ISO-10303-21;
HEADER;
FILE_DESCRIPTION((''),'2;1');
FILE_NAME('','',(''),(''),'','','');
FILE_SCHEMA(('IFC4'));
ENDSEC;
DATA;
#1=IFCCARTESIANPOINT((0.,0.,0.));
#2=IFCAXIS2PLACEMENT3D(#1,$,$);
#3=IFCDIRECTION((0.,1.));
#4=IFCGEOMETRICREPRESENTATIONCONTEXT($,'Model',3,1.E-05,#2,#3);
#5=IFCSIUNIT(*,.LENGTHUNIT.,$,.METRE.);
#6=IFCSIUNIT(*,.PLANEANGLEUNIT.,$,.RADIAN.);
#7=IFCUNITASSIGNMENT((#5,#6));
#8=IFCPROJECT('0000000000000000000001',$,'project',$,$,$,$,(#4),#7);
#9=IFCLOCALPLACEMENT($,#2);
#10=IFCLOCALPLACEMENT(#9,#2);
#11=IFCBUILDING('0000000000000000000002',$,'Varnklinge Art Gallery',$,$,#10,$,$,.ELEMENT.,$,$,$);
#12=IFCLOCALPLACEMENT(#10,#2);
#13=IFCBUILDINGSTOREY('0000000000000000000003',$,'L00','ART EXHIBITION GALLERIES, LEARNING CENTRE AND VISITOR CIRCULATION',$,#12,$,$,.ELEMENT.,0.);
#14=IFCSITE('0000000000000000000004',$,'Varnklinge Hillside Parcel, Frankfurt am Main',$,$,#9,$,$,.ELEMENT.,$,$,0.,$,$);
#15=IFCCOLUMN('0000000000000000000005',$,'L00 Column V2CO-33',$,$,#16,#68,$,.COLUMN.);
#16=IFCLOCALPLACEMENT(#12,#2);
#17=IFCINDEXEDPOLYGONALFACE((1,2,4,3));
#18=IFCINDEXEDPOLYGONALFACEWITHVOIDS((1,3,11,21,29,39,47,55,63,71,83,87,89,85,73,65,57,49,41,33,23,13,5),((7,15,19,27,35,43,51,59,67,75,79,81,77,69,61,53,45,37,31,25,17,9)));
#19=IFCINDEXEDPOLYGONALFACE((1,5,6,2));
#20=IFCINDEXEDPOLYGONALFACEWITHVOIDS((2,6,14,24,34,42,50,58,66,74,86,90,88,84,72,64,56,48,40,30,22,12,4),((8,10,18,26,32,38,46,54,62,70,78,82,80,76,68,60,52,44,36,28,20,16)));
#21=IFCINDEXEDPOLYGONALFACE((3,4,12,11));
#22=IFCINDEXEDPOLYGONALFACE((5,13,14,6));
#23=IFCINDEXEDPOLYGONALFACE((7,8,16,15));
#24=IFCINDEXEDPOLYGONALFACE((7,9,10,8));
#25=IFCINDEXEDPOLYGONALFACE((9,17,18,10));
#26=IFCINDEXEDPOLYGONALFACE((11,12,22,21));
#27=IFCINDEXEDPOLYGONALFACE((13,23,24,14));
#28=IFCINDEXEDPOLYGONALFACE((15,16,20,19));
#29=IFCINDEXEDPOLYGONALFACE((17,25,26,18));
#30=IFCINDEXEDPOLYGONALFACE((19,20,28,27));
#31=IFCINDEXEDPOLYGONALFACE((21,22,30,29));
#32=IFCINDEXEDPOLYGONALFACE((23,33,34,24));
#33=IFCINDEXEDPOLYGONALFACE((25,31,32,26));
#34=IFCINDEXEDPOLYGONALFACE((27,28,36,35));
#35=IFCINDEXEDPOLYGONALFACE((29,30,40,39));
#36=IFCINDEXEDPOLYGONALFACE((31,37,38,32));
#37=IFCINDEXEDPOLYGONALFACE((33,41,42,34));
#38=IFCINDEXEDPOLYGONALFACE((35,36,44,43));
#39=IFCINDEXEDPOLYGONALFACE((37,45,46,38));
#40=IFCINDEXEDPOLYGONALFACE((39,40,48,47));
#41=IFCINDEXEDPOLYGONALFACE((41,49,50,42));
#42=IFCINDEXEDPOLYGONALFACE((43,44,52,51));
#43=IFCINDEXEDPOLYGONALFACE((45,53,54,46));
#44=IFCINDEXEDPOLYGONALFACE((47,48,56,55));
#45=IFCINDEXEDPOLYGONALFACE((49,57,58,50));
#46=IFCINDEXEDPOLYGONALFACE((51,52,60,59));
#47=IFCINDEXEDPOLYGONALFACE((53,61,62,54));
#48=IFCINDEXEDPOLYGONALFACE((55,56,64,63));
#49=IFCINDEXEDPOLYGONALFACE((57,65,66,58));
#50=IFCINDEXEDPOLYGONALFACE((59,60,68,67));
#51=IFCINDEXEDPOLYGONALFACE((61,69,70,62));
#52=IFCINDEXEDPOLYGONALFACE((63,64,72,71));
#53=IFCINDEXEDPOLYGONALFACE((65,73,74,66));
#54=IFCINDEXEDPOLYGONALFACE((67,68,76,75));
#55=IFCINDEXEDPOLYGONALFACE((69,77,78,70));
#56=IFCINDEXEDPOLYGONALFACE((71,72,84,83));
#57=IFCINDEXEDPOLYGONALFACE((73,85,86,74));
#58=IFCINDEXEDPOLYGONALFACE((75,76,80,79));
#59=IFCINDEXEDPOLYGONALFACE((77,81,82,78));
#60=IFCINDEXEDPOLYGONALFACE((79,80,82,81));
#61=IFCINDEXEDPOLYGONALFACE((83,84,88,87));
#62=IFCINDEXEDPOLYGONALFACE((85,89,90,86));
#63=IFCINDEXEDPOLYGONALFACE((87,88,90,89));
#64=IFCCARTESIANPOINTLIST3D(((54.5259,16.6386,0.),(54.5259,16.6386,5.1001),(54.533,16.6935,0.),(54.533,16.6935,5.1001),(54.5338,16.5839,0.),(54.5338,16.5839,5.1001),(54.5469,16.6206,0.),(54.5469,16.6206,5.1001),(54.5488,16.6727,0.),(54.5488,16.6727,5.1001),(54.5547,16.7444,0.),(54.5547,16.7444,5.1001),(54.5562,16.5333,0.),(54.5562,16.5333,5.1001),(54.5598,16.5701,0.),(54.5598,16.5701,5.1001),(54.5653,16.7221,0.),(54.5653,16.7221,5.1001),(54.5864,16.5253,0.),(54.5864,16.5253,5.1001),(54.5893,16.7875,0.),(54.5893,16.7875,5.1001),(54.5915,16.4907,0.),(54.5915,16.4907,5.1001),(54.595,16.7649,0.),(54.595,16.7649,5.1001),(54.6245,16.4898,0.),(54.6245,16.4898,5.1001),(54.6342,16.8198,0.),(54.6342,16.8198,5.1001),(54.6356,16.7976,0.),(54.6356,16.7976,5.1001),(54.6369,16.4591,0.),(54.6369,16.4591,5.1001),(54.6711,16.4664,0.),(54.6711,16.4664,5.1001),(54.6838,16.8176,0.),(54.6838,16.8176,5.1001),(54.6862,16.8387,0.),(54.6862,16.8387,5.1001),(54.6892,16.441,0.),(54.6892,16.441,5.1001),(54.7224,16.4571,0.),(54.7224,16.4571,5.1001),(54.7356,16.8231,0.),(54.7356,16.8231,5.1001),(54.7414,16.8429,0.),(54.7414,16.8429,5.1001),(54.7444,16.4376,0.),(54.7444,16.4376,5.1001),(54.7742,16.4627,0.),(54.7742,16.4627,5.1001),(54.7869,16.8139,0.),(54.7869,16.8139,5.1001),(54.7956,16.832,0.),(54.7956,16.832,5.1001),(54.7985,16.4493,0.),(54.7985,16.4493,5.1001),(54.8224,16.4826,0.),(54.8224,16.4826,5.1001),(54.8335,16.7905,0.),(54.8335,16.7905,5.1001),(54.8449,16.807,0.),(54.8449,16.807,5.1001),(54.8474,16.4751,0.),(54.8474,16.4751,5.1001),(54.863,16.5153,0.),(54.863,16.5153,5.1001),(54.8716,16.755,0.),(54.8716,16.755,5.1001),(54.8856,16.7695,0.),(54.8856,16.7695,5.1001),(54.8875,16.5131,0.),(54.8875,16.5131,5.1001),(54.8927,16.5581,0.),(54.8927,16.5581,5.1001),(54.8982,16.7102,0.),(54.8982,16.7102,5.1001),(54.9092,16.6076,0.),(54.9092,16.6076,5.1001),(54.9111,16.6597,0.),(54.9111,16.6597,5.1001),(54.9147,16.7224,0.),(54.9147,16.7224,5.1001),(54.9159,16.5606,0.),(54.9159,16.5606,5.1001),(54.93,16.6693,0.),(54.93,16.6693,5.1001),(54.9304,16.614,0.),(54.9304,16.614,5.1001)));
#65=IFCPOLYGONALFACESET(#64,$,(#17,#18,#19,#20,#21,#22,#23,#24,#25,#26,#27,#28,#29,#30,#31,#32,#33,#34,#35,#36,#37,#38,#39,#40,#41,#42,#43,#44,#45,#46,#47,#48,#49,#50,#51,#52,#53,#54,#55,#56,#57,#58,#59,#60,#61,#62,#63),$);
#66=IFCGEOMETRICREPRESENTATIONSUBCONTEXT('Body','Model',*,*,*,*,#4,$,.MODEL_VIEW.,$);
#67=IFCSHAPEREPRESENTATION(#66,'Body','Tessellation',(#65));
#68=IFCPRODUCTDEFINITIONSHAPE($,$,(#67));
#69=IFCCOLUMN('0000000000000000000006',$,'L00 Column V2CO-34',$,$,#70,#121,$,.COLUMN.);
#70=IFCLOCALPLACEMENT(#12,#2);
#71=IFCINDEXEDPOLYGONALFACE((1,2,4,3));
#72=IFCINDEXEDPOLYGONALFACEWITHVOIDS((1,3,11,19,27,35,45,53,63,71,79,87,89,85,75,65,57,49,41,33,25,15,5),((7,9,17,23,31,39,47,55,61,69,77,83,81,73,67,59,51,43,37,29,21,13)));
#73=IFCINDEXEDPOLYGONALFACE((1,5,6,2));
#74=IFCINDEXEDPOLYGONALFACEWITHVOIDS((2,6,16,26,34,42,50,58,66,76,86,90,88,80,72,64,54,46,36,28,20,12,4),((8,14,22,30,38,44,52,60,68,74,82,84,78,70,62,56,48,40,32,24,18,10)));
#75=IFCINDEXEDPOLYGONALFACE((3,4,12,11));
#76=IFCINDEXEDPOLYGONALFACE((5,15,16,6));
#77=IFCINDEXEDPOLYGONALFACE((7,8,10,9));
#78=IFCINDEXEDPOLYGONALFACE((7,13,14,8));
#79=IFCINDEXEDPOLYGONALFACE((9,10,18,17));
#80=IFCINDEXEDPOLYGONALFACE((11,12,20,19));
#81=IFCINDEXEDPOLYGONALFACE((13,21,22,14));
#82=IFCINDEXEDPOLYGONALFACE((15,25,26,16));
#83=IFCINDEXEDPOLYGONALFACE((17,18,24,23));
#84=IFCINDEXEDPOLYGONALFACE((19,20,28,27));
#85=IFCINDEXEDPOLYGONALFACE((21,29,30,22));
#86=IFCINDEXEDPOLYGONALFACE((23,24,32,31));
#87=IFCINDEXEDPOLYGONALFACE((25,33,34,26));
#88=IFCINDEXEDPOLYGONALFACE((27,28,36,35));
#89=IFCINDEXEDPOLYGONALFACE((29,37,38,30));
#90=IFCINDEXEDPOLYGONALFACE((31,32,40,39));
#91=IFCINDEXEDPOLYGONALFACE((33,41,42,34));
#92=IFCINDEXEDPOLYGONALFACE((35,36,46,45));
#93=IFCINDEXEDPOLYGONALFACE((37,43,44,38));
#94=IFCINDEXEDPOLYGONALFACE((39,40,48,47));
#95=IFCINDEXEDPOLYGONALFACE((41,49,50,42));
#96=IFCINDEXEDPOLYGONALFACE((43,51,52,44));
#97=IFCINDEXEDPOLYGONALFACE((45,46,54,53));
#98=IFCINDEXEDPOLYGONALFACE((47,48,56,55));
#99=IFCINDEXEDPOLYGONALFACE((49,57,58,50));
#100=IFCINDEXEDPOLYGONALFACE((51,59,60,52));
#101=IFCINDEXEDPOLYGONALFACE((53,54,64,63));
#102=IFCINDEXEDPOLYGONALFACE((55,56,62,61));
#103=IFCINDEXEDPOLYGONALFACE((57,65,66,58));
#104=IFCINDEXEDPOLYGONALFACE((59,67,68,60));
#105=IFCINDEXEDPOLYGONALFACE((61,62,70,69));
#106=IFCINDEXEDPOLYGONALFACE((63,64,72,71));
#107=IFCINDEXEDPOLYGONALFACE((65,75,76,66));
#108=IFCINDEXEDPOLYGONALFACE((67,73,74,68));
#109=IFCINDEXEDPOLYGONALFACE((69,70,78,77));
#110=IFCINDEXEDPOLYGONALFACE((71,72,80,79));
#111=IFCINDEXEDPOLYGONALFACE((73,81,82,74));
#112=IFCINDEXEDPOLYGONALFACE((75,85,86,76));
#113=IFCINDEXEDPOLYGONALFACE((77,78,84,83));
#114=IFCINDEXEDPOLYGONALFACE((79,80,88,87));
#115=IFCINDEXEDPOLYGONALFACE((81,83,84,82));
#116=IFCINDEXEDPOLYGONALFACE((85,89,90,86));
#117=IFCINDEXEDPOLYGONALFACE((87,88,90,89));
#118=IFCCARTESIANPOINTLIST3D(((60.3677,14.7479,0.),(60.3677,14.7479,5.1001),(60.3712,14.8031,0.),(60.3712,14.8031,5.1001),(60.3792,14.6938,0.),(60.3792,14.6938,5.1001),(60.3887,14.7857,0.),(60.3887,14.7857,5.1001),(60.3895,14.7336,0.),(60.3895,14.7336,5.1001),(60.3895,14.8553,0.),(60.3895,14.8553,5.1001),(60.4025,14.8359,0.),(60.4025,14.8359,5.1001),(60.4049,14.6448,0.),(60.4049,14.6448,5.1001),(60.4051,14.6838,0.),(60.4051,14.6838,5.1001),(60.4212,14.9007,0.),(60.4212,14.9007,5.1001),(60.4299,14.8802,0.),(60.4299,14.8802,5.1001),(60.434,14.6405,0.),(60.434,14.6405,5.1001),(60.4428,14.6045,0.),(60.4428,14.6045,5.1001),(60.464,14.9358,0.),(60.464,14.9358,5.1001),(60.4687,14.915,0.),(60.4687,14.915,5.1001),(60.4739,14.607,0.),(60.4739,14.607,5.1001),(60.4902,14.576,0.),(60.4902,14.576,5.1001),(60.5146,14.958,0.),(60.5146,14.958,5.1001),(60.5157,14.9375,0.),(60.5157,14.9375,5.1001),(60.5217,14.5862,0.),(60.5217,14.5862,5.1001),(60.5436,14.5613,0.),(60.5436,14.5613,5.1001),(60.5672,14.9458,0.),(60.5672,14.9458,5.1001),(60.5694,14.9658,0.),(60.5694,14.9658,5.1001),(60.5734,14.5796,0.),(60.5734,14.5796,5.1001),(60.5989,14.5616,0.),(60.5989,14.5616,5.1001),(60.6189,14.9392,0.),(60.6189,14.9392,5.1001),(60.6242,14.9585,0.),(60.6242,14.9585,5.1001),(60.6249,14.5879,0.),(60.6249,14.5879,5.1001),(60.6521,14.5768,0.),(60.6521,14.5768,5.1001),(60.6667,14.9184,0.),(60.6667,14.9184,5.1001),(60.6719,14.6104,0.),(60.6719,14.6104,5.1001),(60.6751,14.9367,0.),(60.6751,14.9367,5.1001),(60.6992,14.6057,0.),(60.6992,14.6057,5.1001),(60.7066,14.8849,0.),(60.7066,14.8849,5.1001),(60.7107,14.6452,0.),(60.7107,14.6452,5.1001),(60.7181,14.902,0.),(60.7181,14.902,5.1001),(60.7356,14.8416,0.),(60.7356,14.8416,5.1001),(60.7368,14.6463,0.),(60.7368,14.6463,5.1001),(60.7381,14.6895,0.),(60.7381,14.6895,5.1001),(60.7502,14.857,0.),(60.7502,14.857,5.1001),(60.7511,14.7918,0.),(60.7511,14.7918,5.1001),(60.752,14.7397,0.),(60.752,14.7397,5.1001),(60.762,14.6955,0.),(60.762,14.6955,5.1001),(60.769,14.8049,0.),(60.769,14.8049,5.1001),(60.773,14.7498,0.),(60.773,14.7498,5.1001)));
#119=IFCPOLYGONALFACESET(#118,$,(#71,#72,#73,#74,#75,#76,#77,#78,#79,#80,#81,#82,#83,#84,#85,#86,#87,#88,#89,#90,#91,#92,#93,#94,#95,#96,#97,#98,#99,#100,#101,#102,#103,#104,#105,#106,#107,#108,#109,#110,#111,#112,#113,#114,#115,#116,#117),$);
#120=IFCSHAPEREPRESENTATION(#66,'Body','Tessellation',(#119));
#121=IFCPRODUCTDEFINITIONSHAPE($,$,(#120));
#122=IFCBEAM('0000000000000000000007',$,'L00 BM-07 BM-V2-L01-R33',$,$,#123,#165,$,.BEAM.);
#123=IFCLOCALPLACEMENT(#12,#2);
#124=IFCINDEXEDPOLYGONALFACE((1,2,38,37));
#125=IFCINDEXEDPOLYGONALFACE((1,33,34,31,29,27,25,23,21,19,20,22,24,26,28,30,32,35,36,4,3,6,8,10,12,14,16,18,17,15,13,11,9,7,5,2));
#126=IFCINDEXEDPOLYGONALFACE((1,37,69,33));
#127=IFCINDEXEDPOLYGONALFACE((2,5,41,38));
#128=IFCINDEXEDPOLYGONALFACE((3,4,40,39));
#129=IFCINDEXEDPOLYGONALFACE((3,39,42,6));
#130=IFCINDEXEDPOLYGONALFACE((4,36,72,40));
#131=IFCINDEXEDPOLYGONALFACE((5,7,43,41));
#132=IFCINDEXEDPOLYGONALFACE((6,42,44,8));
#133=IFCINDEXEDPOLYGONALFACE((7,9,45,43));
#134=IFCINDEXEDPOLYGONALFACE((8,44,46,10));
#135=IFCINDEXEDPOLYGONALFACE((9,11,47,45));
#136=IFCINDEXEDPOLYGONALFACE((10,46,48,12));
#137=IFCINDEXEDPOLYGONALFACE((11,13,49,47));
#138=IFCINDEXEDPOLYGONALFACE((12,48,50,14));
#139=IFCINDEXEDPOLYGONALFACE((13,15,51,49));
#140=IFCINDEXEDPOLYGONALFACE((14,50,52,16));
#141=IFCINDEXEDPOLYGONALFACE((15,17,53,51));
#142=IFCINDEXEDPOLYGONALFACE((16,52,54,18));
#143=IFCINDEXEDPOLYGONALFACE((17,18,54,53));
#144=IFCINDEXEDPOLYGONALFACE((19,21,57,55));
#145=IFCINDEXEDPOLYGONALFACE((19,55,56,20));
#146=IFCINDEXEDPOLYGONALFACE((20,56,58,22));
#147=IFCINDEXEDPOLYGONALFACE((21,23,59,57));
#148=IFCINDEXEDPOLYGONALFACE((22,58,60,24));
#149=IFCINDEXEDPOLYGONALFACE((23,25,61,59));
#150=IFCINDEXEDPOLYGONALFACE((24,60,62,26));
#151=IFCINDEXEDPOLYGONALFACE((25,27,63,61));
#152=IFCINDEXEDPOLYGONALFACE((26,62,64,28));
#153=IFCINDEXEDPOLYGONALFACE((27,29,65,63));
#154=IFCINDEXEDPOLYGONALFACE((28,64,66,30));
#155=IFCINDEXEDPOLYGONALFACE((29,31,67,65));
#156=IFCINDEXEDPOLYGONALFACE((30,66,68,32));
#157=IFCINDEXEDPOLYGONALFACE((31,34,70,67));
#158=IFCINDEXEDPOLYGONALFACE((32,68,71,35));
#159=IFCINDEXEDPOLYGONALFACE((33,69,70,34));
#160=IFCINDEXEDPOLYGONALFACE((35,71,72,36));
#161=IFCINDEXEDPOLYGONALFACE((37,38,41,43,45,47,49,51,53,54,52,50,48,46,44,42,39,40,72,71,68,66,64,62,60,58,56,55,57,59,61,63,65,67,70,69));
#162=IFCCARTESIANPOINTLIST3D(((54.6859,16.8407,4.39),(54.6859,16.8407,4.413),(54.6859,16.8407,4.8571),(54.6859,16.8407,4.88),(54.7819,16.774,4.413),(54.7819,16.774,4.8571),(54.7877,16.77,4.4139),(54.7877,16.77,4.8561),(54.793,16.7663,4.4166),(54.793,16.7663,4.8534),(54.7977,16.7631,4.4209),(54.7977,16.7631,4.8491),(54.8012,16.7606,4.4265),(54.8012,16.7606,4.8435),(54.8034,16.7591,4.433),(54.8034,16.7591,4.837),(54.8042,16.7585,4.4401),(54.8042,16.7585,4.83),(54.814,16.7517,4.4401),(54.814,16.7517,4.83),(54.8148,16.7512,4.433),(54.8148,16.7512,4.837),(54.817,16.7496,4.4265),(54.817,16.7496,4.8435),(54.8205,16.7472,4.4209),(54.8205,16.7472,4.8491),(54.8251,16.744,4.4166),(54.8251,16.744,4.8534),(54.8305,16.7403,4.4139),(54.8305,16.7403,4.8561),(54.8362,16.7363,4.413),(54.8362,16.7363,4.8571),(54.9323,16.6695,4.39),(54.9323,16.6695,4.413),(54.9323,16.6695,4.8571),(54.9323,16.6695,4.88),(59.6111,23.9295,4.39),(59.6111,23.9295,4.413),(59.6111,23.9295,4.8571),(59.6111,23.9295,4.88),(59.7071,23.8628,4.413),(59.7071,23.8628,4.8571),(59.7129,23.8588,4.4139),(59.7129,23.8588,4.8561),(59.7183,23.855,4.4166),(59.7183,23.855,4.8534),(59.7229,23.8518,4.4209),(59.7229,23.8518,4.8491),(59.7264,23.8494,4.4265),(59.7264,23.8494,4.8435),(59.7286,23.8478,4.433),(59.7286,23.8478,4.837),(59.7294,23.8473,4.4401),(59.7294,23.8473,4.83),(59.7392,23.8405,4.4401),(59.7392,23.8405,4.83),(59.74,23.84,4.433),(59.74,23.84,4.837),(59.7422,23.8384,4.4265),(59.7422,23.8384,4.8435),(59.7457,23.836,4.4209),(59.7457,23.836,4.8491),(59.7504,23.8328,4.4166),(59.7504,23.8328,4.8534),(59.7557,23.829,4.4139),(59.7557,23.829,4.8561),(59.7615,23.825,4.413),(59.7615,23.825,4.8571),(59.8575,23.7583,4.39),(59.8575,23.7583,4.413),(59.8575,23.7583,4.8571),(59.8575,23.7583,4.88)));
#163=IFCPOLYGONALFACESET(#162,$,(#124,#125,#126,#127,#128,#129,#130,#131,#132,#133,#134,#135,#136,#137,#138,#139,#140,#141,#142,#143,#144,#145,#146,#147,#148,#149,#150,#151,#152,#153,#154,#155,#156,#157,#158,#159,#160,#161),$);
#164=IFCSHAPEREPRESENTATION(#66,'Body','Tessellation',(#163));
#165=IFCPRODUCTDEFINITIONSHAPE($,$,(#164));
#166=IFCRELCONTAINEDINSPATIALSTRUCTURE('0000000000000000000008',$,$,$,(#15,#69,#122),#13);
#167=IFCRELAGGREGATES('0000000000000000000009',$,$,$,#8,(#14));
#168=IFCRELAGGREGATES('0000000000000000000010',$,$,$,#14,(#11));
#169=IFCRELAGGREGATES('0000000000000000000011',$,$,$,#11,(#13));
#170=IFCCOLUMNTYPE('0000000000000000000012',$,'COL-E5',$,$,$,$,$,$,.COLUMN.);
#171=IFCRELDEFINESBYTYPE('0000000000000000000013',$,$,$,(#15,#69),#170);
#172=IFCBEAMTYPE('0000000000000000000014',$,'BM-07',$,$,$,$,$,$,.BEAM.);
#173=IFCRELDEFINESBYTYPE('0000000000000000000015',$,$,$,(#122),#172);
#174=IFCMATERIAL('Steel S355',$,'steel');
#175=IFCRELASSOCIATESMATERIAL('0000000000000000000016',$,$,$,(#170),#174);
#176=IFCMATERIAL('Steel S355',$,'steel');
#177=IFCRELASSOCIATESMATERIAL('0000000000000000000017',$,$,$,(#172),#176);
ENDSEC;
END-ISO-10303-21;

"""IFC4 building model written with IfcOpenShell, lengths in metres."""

from ifc_helpers import new_model, si_unit, direction, frame, origin, origin_2d, place, context, subcontext, project, spatial, hollow_circle, i_section, extrude, material, material_profile, profile_set, type_object, element, save


model = new_model("IFC4")

# Units and contexts
model_context = context("Model", 3, precision=1e-05, world=origin(), true_north=direction((0.0, 1.0)))
body_context = subcontext(model_context, "Body", "Model", "MODEL_VIEW")
ifc_project = project(units=[si_unit("LENGTHUNIT", "METRE"), si_unit("PLANEANGLEUNIT", "RADIAN")], contexts=[model_context])

# Site, building, storey
site_placement = place(None, origin())
site = spatial("IfcSite", under=ifc_project, at=site_placement, Name="Varnklinge Hillside Parcel, Frankfurt am Main", CompositionType="ELEMENT", RefElevation=0.0)
building_placement = place(site_placement, origin())
building = spatial("IfcBuilding", under=site, at=building_placement, Name="Varnklinge Art Gallery", CompositionType="ELEMENT")
storey_placement = place(building_placement, origin())
storey = spatial("IfcBuildingStorey", under=building, at=storey_placement, Name="L00", Description="ART EXHIBITION GALLERIES, LEARNING CENTRE AND VISITOR CIRCULATION", CompositionType="ELEMENT", Elevation=0.0)

# Columns
ifc_material_1 = material(Name="Steel S355", Category="steel")
ifc_material_profile_1 = material_profile(ifc_material_1, hollow_circle(Radius=0.2031, WallThickness=0.02, at=origin_2d()), Name="CHS 406.4x20")
ifc_profile_set_1 = profile_set([ifc_material_profile_1], Name="Steel S355")
column_type = type_object("IfcColumnType", Name="COL-E5", PredefinedType="COLUMN", material=ifc_profile_set_1)
for number, where, z_axis, x_axis, name in (
    (1, (54.729, 16.6401, 0.0), (0.0, 0.0, 1.0), (0.57057, 0.821249, 0.0), "L00 Column V2CO-33"),
    (2, (60.5703, 14.7627, 0.0), (0.0, 0.0, 1.0), (0.265388, 0.964142, 0.0), "L00 Column V2CO-34"),
):
    element("IfcColumn", number, at=place(storey_placement, frame(where, z_axis=z_axis, x_axis=x_axis)), inside=storey, type_object=column_type, Name=name, PredefinedType="COLUMN", context=body_context, shape_type="SweptSolid", body=[
        extrude(hollow_circle(Radius=0.2031, WallThickness=0.02, at=origin_2d()), origin(), (0.0, 0.0, 1.0), 5.1001),
    ])

# Beam
ifc_material_2 = material(Name="Steel S355", Category="steel")
ifc_material_profile_2 = material_profile(ifc_material_2, i_section(OverallWidth=0.3, OverallDepth=0.49, WebThickness=0.012, FlangeThickness=0.0229, FilletRadius=0.0271, at=origin_2d()), Name="HEA 500")
ifc_profile_set_2 = profile_set([ifc_material_profile_2], Name="Steel S355")
beam_type_1 = type_object("IfcBeamType", Name="BM-07", PredefinedType="BEAM", material=ifc_profile_set_2)
beam_1_placement = place(storey_placement, frame((54.8091, 16.7551, 4.635), z_axis=(0.570589, 0.821236, 0.0), x_axis=(-0.821236, 0.570589, 0.0)))
element("IfcBeam", 3, at=beam_1_placement, inside=storey, type_object=beam_type_1, Name="L00 BM-07 BM-V2-L01-R33", PredefinedType="BEAM", context=body_context, shape_type="SweptSolid", body=[
    extrude(i_section(OverallWidth=0.3, OverallDepth=0.49, WebThickness=0.012, FlangeThickness=0.0229, FilletRadius=0.0271, at=origin_2d()), origin(), (0.0, 0.0, 1.0), 8.6318),
])

save(model, "model.ifc")
